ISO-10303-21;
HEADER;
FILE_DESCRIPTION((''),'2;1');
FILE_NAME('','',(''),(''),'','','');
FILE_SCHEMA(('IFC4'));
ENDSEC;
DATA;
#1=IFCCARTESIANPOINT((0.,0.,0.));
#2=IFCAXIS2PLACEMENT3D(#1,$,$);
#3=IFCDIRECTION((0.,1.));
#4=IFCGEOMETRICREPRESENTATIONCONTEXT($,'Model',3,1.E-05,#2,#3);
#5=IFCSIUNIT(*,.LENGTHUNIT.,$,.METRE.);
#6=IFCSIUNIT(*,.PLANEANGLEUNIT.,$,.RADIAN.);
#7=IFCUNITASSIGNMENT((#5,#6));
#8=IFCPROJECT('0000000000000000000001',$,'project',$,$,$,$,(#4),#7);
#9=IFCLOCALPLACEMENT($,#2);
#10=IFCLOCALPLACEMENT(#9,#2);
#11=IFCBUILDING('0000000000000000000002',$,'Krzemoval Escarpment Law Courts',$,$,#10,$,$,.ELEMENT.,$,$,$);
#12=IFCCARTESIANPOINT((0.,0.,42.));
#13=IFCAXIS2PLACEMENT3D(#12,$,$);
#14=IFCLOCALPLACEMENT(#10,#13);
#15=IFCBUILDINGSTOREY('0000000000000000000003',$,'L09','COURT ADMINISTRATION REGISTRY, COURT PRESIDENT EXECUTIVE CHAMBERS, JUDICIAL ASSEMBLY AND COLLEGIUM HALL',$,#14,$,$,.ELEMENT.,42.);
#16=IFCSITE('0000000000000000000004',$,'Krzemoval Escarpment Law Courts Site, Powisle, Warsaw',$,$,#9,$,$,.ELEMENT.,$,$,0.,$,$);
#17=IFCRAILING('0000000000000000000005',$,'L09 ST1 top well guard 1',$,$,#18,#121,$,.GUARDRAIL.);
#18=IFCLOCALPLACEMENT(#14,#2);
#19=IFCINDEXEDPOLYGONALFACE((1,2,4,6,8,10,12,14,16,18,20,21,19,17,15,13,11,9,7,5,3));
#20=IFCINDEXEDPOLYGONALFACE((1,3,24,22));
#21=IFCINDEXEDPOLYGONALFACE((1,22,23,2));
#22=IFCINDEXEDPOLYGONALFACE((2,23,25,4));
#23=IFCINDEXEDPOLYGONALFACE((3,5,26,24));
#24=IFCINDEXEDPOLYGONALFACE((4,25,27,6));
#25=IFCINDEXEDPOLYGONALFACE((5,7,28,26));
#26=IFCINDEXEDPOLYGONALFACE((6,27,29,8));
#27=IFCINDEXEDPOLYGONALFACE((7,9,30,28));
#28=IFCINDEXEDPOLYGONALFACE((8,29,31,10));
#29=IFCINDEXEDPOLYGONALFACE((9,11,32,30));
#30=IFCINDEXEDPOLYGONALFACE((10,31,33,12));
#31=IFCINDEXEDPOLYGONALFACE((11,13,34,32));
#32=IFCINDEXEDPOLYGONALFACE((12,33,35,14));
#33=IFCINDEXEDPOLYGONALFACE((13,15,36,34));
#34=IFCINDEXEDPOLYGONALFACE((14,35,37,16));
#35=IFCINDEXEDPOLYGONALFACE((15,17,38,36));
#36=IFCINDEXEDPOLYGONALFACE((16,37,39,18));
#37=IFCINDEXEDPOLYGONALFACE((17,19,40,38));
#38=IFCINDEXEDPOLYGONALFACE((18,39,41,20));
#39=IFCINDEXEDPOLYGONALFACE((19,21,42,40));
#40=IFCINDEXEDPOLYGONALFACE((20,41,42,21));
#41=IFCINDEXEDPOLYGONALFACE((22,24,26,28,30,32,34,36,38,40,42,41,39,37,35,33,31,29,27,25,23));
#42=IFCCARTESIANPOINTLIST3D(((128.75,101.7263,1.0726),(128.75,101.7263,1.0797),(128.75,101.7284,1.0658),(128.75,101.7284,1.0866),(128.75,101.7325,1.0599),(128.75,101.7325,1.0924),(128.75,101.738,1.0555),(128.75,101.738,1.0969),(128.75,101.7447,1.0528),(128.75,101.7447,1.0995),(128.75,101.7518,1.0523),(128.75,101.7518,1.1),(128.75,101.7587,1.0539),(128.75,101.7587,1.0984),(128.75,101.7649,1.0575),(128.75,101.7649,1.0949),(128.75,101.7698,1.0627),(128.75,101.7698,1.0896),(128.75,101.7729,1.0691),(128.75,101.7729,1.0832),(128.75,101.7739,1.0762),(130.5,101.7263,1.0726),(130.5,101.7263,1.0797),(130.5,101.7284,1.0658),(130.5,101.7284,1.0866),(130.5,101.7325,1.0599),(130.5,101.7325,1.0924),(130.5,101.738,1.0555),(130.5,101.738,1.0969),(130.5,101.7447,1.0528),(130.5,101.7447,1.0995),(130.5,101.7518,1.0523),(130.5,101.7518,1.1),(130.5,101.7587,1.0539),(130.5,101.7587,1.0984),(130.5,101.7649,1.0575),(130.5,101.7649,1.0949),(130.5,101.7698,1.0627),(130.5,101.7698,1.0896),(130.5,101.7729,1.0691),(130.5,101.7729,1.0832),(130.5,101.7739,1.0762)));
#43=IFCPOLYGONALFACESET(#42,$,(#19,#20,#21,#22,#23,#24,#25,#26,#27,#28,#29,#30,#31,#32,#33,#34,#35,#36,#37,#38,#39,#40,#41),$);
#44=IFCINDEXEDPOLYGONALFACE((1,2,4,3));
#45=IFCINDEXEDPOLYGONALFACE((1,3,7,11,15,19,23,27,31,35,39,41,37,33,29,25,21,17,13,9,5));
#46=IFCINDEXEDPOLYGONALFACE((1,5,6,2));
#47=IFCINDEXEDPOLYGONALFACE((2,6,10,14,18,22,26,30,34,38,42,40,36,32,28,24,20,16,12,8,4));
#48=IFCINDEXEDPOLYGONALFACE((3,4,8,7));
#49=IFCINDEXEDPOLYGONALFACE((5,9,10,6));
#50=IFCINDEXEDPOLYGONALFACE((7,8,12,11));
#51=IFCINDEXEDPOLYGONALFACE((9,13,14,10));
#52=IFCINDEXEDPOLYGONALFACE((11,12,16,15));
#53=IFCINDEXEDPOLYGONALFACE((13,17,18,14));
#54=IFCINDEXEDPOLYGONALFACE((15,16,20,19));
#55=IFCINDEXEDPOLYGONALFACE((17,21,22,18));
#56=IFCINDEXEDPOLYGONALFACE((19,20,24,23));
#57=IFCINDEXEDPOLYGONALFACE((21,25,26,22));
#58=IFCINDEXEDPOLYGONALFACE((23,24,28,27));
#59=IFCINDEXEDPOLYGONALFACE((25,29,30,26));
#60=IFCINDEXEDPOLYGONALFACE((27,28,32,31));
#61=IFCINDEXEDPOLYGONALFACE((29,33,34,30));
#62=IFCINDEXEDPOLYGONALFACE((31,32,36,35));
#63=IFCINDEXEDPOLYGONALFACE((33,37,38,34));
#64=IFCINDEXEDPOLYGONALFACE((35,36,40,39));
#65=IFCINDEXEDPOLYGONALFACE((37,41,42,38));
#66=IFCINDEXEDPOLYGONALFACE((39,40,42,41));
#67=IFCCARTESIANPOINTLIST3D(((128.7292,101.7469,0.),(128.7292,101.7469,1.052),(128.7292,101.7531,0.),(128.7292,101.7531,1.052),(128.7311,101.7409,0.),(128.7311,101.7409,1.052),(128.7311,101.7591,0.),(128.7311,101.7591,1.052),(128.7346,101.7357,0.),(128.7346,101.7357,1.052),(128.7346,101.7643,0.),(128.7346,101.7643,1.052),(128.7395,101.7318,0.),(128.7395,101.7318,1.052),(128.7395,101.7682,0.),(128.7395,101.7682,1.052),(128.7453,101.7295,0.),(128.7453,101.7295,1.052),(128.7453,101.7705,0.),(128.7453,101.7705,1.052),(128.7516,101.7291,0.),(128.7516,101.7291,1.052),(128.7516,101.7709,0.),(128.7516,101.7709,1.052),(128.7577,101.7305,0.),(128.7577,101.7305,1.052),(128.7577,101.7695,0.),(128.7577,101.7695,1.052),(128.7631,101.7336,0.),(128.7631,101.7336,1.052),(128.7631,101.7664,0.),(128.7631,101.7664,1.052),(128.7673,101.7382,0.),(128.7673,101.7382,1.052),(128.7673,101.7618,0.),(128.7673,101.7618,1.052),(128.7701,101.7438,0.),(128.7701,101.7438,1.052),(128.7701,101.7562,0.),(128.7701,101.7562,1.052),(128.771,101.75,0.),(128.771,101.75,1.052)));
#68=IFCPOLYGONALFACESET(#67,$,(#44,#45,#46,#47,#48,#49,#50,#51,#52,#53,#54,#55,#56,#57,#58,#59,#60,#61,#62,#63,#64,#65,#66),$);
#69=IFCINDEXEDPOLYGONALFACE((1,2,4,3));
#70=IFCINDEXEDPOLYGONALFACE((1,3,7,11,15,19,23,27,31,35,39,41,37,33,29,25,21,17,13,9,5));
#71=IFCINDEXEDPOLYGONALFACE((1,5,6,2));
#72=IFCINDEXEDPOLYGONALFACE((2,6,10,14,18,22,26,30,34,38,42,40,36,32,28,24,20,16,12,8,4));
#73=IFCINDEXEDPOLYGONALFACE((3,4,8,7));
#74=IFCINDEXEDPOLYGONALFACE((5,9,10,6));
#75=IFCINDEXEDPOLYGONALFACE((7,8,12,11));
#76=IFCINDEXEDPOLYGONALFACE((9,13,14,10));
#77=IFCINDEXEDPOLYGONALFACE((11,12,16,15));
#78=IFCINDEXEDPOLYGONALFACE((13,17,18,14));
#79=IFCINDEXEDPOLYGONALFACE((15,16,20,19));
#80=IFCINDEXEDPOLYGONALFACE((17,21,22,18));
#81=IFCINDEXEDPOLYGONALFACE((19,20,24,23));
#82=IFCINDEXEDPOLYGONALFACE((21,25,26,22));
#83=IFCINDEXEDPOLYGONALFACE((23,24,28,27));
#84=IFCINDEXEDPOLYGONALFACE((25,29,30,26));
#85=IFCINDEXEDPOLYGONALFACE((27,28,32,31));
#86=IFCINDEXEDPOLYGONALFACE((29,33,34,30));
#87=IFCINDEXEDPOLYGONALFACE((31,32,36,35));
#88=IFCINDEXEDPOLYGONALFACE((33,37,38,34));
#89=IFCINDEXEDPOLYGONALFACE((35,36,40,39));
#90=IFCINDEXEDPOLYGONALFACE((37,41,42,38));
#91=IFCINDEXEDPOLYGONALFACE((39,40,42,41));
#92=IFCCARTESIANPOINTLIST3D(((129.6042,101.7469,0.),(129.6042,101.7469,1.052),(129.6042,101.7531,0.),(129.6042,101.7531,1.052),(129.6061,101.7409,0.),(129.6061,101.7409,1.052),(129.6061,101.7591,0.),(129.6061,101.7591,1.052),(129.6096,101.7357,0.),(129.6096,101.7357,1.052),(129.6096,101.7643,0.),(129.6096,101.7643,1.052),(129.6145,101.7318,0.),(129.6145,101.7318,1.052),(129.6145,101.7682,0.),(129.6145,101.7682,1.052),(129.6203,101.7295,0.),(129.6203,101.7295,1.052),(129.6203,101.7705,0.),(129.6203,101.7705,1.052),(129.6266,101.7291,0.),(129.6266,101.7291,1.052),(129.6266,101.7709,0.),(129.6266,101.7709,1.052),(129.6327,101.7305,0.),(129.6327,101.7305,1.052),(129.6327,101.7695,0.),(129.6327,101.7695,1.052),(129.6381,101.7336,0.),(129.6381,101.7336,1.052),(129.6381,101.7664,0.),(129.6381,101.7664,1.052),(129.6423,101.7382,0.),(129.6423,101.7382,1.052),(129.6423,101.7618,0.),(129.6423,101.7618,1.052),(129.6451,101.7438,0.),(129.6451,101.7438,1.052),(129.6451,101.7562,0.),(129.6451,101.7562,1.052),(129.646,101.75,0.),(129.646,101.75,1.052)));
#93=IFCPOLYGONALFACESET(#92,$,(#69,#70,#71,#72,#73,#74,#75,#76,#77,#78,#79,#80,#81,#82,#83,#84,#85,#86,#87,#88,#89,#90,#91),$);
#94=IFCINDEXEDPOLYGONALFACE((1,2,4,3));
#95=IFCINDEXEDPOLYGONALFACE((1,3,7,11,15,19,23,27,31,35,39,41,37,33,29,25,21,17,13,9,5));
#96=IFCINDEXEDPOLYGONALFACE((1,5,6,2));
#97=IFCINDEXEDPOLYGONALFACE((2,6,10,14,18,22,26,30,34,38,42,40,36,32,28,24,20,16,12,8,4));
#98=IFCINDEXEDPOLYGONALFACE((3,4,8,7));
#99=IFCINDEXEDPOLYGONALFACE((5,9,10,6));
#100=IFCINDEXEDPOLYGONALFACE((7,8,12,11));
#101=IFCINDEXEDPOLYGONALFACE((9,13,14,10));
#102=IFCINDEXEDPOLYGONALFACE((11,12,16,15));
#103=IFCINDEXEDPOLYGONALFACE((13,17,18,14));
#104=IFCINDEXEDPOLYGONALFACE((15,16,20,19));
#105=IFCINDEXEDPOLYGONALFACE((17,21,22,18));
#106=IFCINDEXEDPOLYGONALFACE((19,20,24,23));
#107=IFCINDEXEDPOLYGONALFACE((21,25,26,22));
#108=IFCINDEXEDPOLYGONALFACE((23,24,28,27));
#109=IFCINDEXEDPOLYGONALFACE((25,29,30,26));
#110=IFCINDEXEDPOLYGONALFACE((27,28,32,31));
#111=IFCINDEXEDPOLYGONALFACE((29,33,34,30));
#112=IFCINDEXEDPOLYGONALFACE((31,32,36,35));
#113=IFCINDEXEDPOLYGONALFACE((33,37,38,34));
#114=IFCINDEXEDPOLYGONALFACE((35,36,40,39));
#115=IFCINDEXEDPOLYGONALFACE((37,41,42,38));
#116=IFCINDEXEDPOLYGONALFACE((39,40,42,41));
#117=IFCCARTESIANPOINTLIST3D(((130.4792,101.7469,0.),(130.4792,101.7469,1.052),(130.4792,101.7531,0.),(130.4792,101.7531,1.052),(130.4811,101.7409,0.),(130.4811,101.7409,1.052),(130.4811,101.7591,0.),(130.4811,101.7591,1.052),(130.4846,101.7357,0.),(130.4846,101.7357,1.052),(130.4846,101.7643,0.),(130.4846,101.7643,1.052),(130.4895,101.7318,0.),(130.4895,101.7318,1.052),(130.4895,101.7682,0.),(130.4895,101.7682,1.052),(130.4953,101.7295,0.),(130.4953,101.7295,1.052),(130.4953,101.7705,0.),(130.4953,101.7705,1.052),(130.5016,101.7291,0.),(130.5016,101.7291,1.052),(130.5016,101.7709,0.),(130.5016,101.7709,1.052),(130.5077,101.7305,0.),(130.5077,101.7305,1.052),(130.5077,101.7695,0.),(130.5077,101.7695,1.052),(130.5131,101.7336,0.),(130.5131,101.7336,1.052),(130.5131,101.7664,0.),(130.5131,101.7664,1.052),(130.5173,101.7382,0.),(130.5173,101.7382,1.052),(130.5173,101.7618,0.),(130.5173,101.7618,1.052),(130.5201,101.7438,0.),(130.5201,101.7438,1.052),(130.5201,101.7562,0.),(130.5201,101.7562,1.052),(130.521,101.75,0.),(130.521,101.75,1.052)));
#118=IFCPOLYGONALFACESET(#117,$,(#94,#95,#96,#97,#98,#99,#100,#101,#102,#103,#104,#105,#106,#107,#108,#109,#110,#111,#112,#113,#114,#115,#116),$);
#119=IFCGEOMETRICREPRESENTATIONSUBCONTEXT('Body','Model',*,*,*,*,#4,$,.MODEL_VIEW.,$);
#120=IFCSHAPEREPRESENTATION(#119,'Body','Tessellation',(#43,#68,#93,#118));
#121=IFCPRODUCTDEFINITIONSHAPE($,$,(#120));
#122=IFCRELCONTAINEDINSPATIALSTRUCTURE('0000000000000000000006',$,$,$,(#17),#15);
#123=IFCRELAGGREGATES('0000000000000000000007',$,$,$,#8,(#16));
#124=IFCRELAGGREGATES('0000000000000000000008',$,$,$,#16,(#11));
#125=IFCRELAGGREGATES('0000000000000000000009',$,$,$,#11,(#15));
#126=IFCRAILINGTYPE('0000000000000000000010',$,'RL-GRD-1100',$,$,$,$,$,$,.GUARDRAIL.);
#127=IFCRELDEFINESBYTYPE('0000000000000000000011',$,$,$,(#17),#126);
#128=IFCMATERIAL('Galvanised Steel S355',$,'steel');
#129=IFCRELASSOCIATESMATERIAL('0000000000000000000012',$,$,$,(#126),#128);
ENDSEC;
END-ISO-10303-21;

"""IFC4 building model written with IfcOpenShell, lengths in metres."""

from ifc_helpers import new_model, si_unit, direction, frame, origin, origin_2d, place, context, subcontext, project, spatial, circle, extrude, material, type_object, element, save


model = new_model("IFC4")

# Units and contexts
model_context = context("Model", 3, precision=1e-05, world=origin(), true_north=direction((0.0, 1.0)))
body_context = subcontext(model_context, "Body", "Model", "MODEL_VIEW")
ifc_project = project(units=[si_unit("LENGTHUNIT", "METRE"), si_unit("PLANEANGLEUNIT", "RADIAN")], contexts=[model_context])

# Site, building, storey
site_placement = place(None, origin())
site = spatial("IfcSite", under=ifc_project, at=site_placement, Name="Krzemoval Escarpment Law Courts Site, Powisle, Warsaw", CompositionType="ELEMENT", RefElevation=0.0)
building_placement = place(site_placement, origin())
building = spatial("IfcBuilding", under=site, at=building_placement, Name="Krzemoval Escarpment Law Courts", CompositionType="ELEMENT")
storey_placement = place(building_placement, frame((0.0, 0.0, 42.0)))
storey = spatial("IfcBuildingStorey", under=building, at=storey_placement, Name="L09", Description="COURT ADMINISTRATION REGISTRY, COURT PRESIDENT EXECUTIVE CHAMBERS, JUDICIAL ASSEMBLY AND COLLEGIUM HALL", CompositionType="ELEMENT", Elevation=42.0)

# Railing
ifc_material_1 = material(Name="Galvanised Steel S355", Category="steel")
railing_type = type_object("IfcRailingType", Name="RL-GRD-1100", PredefinedType="GUARDRAIL", material=ifc_material_1)
railing_placement = place(storey_placement, frame((128.75, 101.75, 0.0)))
element("IfcRailing", 1, at=railing_placement, inside=storey, type_object=railing_type, Name="L09 ST1 top well guard 1", PredefinedType="GUARDRAIL", context=body_context, shape_type="SweptSolid", body=[
    extrude(circle(Radius=0.0239, at=origin_2d()), frame((0.0, 0.0, 1.0762), z_axis=(1.0, 0.0, 0.0), x_axis=(0.0, 1.0, 0.0)), (0.0, 0.0, 1.0), 1.75),
    extrude(circle(Radius=0.021, at=origin_2d()), origin(), (0.0, 0.0, 1.0), 1.052),
    extrude(circle(Radius=0.021, at=origin_2d()), frame((0.875, 0.0, 0.0)), (0.0, 0.0, 1.0), 1.052),
    extrude(circle(Radius=0.021, at=origin_2d()), frame((1.75, 0.0, 0.0)), (0.0, 0.0, 1.0), 1.052),
])

save(model, "model.ifc")
